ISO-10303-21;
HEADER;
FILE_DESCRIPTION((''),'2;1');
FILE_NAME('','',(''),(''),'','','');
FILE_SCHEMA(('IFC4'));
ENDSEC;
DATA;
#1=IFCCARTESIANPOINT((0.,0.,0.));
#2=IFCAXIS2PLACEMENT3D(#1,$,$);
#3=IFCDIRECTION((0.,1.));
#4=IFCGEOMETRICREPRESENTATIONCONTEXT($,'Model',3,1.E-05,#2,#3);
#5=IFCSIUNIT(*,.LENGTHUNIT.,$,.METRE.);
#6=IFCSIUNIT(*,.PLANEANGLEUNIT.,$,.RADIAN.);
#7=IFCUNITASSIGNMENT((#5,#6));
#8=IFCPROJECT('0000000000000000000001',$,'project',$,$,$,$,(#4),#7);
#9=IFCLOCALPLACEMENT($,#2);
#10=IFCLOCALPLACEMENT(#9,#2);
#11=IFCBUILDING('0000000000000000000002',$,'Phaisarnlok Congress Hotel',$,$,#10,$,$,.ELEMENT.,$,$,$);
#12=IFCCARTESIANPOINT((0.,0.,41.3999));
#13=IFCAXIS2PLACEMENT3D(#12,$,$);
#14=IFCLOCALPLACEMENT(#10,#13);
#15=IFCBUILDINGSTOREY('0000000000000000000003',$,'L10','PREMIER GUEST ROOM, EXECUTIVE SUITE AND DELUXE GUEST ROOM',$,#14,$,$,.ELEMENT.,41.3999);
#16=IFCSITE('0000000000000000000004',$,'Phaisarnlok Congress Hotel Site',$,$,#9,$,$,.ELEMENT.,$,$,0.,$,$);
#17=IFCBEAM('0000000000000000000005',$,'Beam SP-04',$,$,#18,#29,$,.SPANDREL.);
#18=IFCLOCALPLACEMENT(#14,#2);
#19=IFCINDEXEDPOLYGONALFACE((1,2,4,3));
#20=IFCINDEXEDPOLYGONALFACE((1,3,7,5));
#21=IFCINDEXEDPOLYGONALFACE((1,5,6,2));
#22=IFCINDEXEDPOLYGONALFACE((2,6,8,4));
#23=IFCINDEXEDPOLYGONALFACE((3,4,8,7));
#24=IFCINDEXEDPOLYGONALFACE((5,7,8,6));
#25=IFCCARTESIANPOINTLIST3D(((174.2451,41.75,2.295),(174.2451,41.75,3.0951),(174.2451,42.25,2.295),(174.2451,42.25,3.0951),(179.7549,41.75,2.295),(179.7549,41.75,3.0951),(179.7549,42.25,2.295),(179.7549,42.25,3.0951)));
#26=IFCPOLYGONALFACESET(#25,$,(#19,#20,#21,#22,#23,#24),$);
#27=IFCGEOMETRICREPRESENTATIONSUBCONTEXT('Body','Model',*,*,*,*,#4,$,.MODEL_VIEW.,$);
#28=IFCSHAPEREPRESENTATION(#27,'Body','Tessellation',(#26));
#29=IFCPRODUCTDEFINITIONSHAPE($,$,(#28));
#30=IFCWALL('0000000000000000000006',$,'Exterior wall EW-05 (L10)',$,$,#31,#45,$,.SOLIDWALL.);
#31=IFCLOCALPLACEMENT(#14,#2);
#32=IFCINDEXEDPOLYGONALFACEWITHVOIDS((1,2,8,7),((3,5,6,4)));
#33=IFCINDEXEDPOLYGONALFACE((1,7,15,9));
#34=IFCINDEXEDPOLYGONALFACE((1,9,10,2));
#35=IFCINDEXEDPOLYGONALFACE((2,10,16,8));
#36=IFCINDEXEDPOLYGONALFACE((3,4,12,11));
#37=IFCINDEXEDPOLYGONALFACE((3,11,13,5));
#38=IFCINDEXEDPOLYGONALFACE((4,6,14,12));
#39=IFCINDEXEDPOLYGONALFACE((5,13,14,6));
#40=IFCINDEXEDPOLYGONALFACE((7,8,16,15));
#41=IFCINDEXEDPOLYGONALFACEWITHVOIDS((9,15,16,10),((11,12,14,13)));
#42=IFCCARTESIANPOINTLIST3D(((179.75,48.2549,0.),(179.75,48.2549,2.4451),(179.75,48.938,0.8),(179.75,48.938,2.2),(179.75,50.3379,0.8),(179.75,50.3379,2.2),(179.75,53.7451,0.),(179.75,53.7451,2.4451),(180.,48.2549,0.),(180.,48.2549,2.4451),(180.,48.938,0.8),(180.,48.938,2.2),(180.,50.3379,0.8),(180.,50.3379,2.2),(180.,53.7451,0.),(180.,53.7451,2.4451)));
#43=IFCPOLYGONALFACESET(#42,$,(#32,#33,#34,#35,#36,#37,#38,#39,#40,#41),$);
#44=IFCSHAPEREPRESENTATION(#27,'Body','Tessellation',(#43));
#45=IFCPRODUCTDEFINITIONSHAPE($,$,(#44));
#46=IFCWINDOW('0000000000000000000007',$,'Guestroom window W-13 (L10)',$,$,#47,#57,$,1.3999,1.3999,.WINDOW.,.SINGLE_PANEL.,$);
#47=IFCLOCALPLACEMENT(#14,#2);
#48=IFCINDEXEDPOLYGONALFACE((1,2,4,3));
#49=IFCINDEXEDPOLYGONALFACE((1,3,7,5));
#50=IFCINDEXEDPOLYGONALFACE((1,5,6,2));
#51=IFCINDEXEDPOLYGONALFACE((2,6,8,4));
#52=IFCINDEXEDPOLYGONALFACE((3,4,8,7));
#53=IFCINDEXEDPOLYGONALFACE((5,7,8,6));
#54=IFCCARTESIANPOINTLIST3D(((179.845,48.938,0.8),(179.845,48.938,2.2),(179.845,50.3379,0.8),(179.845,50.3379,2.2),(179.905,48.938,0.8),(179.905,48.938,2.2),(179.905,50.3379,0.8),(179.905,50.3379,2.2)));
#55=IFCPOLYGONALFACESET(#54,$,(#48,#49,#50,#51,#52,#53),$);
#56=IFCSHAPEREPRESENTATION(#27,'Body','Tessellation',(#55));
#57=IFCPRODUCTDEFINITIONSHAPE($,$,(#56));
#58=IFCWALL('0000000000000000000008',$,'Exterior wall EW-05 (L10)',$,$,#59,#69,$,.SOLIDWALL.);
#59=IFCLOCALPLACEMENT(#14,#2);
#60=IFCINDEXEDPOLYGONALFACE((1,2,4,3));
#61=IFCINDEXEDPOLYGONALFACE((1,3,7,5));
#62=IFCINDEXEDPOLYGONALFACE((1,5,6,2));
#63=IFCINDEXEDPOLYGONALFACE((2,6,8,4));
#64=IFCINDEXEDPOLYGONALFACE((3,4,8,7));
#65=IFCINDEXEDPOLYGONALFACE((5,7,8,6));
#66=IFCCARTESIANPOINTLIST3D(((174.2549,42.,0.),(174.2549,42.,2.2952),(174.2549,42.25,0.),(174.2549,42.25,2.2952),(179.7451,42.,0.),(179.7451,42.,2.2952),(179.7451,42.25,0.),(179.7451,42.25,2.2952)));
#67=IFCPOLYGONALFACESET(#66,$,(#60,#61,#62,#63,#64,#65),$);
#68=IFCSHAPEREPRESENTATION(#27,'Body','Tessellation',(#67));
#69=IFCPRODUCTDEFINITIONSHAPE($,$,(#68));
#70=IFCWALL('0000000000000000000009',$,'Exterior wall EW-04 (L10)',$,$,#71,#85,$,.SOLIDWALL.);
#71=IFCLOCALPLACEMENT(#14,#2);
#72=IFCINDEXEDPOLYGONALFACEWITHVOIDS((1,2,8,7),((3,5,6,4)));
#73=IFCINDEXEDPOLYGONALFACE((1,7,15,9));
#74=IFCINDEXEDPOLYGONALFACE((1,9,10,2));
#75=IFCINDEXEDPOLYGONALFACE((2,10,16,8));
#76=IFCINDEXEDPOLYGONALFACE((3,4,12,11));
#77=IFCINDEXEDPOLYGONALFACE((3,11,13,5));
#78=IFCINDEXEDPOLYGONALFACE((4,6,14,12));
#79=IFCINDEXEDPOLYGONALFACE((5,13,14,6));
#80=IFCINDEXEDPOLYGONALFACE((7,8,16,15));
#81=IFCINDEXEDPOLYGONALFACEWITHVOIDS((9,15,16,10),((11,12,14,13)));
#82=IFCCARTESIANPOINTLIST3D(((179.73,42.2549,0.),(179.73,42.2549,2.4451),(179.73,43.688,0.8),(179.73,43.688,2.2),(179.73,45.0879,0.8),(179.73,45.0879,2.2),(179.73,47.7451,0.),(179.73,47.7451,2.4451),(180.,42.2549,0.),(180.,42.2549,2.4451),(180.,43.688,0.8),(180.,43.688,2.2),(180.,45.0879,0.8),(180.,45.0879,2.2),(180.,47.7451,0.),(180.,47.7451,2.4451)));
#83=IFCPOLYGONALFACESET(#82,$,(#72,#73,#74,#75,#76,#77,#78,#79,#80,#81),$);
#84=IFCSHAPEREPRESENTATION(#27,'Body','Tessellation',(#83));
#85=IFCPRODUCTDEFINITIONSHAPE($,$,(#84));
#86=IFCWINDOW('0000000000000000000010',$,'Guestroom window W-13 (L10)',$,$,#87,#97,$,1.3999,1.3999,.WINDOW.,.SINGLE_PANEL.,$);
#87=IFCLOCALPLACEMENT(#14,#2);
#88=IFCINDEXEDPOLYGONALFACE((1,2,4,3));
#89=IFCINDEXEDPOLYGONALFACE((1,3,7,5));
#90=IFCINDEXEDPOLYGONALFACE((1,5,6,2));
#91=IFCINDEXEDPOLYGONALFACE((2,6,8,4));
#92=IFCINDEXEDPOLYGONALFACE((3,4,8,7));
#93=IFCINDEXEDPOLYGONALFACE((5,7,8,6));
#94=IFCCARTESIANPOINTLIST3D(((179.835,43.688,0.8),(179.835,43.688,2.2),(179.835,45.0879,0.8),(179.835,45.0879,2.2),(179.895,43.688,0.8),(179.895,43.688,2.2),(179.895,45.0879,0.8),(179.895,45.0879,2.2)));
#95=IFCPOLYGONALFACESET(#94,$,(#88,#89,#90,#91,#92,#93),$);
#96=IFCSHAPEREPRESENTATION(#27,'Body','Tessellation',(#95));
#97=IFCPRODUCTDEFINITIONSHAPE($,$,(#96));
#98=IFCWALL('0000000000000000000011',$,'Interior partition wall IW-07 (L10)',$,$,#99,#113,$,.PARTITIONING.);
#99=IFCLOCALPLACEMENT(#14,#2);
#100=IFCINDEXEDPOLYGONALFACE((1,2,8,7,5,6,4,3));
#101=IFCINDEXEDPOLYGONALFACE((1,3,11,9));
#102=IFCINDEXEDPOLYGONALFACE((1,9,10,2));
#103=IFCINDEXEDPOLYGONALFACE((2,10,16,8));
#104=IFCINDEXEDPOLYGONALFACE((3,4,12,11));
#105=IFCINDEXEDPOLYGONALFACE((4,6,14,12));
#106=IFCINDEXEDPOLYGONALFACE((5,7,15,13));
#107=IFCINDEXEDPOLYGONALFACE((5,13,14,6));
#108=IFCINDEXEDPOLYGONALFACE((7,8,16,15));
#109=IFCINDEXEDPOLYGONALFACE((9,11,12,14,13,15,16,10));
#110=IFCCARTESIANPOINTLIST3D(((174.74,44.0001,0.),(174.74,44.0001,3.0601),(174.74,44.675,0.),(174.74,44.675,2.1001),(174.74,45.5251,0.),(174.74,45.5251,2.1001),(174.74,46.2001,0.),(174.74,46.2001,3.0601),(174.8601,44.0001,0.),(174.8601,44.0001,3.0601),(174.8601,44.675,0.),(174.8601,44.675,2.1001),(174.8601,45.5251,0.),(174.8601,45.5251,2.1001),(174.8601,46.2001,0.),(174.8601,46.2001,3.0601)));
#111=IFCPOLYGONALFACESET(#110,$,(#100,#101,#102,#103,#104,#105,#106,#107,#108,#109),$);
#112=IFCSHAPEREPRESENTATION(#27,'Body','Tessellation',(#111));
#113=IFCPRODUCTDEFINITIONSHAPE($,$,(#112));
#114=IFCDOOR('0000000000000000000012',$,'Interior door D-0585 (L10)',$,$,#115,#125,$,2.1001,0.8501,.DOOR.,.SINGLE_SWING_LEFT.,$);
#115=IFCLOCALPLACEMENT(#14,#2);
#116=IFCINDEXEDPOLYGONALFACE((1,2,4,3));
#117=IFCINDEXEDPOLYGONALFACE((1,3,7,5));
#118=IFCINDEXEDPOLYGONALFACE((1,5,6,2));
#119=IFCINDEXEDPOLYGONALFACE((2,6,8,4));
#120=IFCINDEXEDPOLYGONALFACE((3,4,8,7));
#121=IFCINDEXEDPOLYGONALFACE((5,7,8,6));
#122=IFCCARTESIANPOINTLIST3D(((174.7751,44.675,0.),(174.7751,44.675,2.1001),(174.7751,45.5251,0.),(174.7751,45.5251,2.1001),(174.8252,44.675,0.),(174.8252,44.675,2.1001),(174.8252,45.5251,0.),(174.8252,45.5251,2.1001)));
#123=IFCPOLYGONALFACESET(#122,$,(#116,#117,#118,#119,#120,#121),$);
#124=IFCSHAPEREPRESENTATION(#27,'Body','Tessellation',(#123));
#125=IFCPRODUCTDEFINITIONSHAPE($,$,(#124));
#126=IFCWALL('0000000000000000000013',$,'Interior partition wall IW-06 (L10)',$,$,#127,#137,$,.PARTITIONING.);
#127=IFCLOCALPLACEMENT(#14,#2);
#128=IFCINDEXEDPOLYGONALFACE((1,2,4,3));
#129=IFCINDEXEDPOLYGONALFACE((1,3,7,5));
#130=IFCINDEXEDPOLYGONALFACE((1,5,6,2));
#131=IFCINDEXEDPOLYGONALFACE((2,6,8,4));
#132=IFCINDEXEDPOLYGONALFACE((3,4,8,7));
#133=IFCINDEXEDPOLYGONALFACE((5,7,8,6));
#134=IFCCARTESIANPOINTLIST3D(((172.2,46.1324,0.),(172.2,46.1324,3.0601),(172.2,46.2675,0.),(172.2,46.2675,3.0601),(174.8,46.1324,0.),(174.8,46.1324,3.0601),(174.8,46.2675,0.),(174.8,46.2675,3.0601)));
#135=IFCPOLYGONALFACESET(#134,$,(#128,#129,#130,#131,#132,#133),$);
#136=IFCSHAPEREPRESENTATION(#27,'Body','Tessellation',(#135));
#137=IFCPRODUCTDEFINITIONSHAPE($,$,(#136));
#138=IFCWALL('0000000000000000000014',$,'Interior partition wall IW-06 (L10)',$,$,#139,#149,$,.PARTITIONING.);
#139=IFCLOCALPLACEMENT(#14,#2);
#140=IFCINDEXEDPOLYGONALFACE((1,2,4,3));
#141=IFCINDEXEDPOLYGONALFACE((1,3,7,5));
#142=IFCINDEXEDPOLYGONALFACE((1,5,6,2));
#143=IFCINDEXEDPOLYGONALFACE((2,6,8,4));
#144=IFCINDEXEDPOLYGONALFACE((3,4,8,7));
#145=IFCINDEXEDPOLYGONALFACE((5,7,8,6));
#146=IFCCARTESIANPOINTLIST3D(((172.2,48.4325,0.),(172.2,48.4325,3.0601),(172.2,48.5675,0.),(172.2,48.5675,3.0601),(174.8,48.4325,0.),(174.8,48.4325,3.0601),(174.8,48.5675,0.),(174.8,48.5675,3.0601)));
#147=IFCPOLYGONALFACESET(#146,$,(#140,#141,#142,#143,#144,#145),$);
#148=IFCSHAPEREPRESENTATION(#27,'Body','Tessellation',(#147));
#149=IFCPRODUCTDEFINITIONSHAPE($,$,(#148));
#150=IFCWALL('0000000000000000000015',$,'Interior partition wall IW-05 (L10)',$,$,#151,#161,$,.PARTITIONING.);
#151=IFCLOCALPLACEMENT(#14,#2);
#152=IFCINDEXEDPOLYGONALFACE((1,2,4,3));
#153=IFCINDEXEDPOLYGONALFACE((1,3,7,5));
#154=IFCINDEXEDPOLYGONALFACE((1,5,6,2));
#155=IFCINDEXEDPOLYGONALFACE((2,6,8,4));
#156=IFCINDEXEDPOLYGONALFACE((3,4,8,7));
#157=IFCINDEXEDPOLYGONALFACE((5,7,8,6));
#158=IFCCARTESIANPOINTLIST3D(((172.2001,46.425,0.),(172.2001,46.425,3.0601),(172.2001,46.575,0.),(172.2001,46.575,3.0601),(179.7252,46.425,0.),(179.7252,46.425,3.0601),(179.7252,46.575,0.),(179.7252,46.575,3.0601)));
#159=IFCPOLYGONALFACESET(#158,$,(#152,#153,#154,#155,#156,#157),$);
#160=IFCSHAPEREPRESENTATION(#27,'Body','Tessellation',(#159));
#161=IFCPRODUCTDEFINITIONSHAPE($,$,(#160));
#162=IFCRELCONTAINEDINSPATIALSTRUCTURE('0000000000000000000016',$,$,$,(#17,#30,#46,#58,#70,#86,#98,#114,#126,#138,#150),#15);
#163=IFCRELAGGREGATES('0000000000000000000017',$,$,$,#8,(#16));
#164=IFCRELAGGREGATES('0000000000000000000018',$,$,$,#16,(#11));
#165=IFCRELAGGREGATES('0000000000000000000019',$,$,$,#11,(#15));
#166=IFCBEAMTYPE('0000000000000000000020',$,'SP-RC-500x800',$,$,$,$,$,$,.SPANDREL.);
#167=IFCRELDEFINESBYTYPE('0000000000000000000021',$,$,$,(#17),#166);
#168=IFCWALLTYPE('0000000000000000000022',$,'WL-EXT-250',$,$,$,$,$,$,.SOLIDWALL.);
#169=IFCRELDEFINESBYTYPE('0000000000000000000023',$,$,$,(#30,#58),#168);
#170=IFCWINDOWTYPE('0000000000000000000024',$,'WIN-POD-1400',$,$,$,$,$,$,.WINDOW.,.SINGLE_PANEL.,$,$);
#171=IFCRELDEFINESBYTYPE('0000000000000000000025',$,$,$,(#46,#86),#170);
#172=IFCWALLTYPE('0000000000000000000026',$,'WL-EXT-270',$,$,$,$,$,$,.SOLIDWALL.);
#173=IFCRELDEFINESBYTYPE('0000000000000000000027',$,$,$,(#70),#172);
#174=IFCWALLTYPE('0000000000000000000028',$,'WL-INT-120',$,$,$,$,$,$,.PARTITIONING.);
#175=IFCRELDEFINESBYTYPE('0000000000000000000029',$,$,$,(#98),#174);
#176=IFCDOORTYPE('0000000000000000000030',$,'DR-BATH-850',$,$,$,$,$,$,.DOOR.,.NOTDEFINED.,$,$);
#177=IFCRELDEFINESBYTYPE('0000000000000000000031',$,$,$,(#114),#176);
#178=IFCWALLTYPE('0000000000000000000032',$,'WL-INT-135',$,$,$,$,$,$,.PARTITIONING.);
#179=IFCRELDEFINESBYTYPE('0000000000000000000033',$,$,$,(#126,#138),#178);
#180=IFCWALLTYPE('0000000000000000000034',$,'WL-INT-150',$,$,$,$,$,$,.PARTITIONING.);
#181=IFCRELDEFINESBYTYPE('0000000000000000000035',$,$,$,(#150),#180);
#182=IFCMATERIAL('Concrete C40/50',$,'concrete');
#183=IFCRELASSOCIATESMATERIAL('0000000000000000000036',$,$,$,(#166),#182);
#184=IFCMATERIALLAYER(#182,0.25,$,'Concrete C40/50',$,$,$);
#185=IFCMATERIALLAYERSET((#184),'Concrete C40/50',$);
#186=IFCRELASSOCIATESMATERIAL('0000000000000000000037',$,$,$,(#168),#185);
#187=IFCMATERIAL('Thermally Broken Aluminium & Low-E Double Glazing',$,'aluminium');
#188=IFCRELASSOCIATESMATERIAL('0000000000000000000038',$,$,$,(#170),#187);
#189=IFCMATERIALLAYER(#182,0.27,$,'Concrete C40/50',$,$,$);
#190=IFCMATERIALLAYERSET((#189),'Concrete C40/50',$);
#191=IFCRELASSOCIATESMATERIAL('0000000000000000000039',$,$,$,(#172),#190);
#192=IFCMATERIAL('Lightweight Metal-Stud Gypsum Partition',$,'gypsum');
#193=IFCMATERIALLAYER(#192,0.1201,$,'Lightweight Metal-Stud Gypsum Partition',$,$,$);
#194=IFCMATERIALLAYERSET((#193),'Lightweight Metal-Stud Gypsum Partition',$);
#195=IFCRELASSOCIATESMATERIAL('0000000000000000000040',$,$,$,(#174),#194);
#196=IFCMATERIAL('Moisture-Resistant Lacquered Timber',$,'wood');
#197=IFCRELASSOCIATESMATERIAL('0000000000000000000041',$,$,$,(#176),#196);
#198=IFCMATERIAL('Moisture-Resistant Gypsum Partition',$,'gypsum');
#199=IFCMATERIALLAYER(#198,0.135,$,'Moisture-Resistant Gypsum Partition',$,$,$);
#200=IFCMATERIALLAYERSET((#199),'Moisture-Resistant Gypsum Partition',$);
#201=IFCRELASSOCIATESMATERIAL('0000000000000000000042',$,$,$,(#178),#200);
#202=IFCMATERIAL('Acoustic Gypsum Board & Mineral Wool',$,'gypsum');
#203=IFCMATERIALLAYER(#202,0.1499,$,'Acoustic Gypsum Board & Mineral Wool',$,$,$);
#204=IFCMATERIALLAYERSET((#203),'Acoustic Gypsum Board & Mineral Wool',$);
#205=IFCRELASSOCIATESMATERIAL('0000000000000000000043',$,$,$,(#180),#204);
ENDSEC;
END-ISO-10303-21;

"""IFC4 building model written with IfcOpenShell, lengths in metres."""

from ifc_helpers import new_model, si_unit, direction, frame, frame_2d, origin, origin_2d, place, context, subcontext, project, spatial, rectangle, extrude, material, layer, layer_set, material_profile, profile_set, type_object, element, fill, save


model = new_model("IFC4")

# Units and contexts
model_context = context("Model", 3, precision=1e-05, world=origin(), true_north=direction((0.0, 1.0)))
body_context = subcontext(model_context, "Body", "Model", "MODEL_VIEW")
ifc_project = project(units=[si_unit("LENGTHUNIT", "METRE"), si_unit("PLANEANGLEUNIT", "RADIAN")], contexts=[model_context])

# Site, building, storey
site_placement = place(None, origin())
site = spatial("IfcSite", under=ifc_project, at=site_placement, Name="Phaisarnlok Congress Hotel Site", CompositionType="ELEMENT", RefElevation=0.0)
building_placement = place(site_placement, origin())
building = spatial("IfcBuilding", under=site, at=building_placement, Name="Phaisarnlok Congress Hotel", CompositionType="ELEMENT")
storey_placement = place(building_placement, frame((0.0, 0.0, 41.3999)))
storey = spatial("IfcBuildingStorey", under=building, at=storey_placement, Name="L10", Description="PREMIER GUEST ROOM, EXECUTIVE SUITE AND DELUXE GUEST ROOM", CompositionType="ELEMENT", Elevation=41.3999)

# Beam
ifc_material_1 = material(Name="Concrete C40/50", Category="concrete")
ifc_material_profile_1 = material_profile(ifc_material_1, rectangle(XDim=0.5, YDim=0.8, at=origin_2d()), Name="RC 500x800")
ifc_profile_set_1 = profile_set([ifc_material_profile_1], Name="Concrete C40/50")
beam_type_1 = type_object("IfcBeamType", Name="SP-RC-500x800", PredefinedType="SPANDREL", material=ifc_profile_set_1)
beam_1_placement = place(storey_placement, frame((174.2451, 42.0, 2.6951), z_axis=(1.0, 0.0, 0.0), x_axis=(0.0, 1.0, 0.0)))
element("IfcBeam", 1, at=beam_1_placement, inside=storey, type_object=beam_type_1, Name="Beam SP-04", PredefinedType="SPANDREL", context=body_context, shape_type="SweptSolid", body=[
    extrude(rectangle(XDim=0.5, YDim=0.8, at=origin_2d()), origin(), (0.0, 0.0, 1.0), 5.5098),
])

# Wall, opening, window
ifc_layer_1 = layer(ifc_material_1, 0.25, Name="Concrete C40/50")
ifc_layer_set_1 = layer_set([ifc_layer_1], Name="Concrete C40/50")
wall_type_1 = type_object("IfcWallType", Name="WL-EXT-250", PredefinedType="SOLIDWALL", material=ifc_layer_set_1)
wall_1_placement = place(storey_placement, frame((179.875, 48.2549, 0.0), z_axis=(0.0, 0.0, 1.0), x_axis=(0.0, 1.0, 0.0)))
wall_1 = element("IfcWall", 2, at=wall_1_placement, inside=storey, type_object=wall_type_1, Name="Exterior wall EW-05 (L10)", PredefinedType="SOLIDWALL", context=body_context, shape_type="SweptSolid", body=[
    extrude(rectangle(XDim=5.4902, YDim=0.25, at=frame_2d((2.7451, 0.0))), origin(), (0.0, 0.0, 1.0), 2.4451),
])
opening_1_placement = place(wall_1_placement, frame((0.6831, 0.0, 0.8)))
opening_1 = element("IfcOpeningElement", 3, at=opening_1_placement, cuts=wall_1, PredefinedType="OPENING", context=body_context, shape_type="SweptSolid", body=[
    extrude(rectangle(XDim=1.3999, YDim=1.3999, at=frame_2d((0.7, 0.7))), frame((0.0, 0.135, 0.0), z_axis=(0.0, -1.0, 0.0), x_axis=(1.0, 0.0, 0.0)), (0.0, 0.0, 1.0), 0.27),
])
ifc_material_2 = material(Name="Thermally Broken Aluminium & Low-E Double Glazing", Category="aluminium")
window_type = type_object("IfcWindowType", Name="WIN-POD-1400", PartitioningType="SINGLE_PANEL", PredefinedType="WINDOW", material=ifc_material_2)
window_1_placement = place(opening_1_placement, origin())
window_1 = element("IfcWindow", 4, at=window_1_placement, inside=storey, type_object=window_type, Name="Guestroom window W-13 (L10)", OverallHeight=1.3999, OverallWidth=1.3999, PartitioningType="SINGLE_PANEL", PredefinedType="WINDOW", context=body_context, shape_type="SweptSolid", body=[
    extrude(rectangle(XDim=1.3999, YDim=1.3999, at=frame_2d((0.7, 0.7))), frame((0.0, 0.03, 0.0), z_axis=(0.0, -1.0, 0.0), x_axis=(1.0, 0.0, 0.0)), (0.0, 0.0, 1.0), 0.0601),
])
fill(opening_1, window_1)

# Wall
wall_2_placement = place(storey_placement, frame((174.2549, 42.125, 0.0), z_axis=(0.0, 0.0, 1.0), x_axis=(1.0, 0.0, 0.0)))
element("IfcWall", 5, at=wall_2_placement, inside=storey, type_object=wall_type_1, Name="Exterior wall EW-05 (L10)", PredefinedType="SOLIDWALL", context=body_context, shape_type="SweptSolid", body=[
    extrude(rectangle(XDim=5.4902, YDim=0.25, at=frame_2d((2.7451, 0.0))), origin(), (0.0, 0.0, 1.0), 2.2952),
])

# Wall, opening, window
ifc_layer_2 = layer(ifc_material_1, 0.27, Name="Concrete C40/50")
ifc_layer_set_2 = layer_set([ifc_layer_2], Name="Concrete C40/50")
wall_type_2 = type_object("IfcWallType", Name="WL-EXT-270", PredefinedType="SOLIDWALL", material=ifc_layer_set_2)
wall_3_placement = place(storey_placement, frame((179.865, 42.2549, 0.0), z_axis=(0.0, 0.0, 1.0), x_axis=(0.0, 1.0, 0.0)))
wall_3 = element("IfcWall", 6, at=wall_3_placement, inside=storey, type_object=wall_type_2, Name="Exterior wall EW-04 (L10)", PredefinedType="SOLIDWALL", context=body_context, shape_type="SweptSolid", body=[
    extrude(rectangle(XDim=5.4902, YDim=0.27, at=frame_2d((2.7451, 0.0))), origin(), (0.0, 0.0, 1.0), 2.4451),
])
opening_2_placement = place(wall_3_placement, frame((1.4331, 0.0, 0.8)))
opening_2 = element("IfcOpeningElement", 7, at=opening_2_placement, cuts=wall_3, PredefinedType="OPENING", context=body_context, shape_type="SweptSolid", body=[
    extrude(rectangle(XDim=1.3999, YDim=1.3999, at=frame_2d((0.7, 0.7))), frame((0.0, 0.145, 0.0), z_axis=(0.0, -1.0, 0.0), x_axis=(1.0, 0.0, 0.0)), (0.0, 0.0, 1.0), 0.29),
])
window_2_placement = place(opening_2_placement, origin())
window_2 = element("IfcWindow", 8, at=window_2_placement, inside=storey, type_object=window_type, Name="Guestroom window W-13 (L10)", OverallHeight=1.3999, OverallWidth=1.3999, PartitioningType="SINGLE_PANEL", PredefinedType="WINDOW", context=body_context, shape_type="SweptSolid", body=[
    extrude(rectangle(XDim=1.3999, YDim=1.3999, at=frame_2d((0.7, 0.7))), frame((0.0, 0.03, 0.0), z_axis=(0.0, -1.0, 0.0), x_axis=(1.0, 0.0, 0.0)), (0.0, 0.0, 1.0), 0.0601),
])
fill(opening_2, window_2)

# Wall, opening, door
ifc_material_3 = material(Name="Lightweight Metal-Stud Gypsum Partition", Category="gypsum")
ifc_layer_3 = layer(ifc_material_3, 0.1201, Name="Lightweight Metal-Stud Gypsum Partition")
ifc_layer_set_3 = layer_set([ifc_layer_3], Name="Lightweight Metal-Stud Gypsum Partition")
wall_type_3 = type_object("IfcWallType", Name="WL-INT-120", PredefinedType="PARTITIONING", material=ifc_layer_set_3)
wall_4_placement = place(storey_placement, frame((174.8, 44.0, 0.0), z_axis=(0.0, 0.0, 1.0), x_axis=(0.0, 1.0, 0.0)))
wall_4 = element("IfcWall", 9, at=wall_4_placement, inside=storey, type_object=wall_type_3, Name="Interior partition wall IW-07 (L10)", PredefinedType="PARTITIONING", context=body_context, shape_type="SweptSolid", body=[
    extrude(rectangle(XDim=2.2, YDim=0.1201, at=frame_2d((1.1001, 0.0))), origin(), (0.0, 0.0, 1.0), 3.0601),
])
opening_3_placement = place(wall_4_placement, frame((0.675, 0.0, 0.0)))
opening_3 = element("IfcOpeningElement", 10, at=opening_3_placement, cuts=wall_4, PredefinedType="OPENING", context=body_context, shape_type="SweptSolid", body=[
    extrude(rectangle(XDim=0.8501, YDim=2.1001, at=frame_2d((0.425, 1.05))), frame((0.0, 0.0701, 0.0), z_axis=(0.0, -1.0, 0.0), x_axis=(1.0, 0.0, 0.0)), (0.0, 0.0, 1.0), 0.1401),
])
ifc_material_4 = material(Name="Moisture-Resistant Lacquered Timber", Category="wood")
door_type = type_object("IfcDoorType", Name="DR-BATH-850", OperationType="NOTDEFINED", PredefinedType="DOOR", material=ifc_material_4)
door_placement = place(opening_3_placement, origin())
door = element("IfcDoor", 11, at=door_placement, inside=storey, type_object=door_type, Name="Interior door D-0585 (L10)", OperationType="SINGLE_SWING_LEFT", OverallHeight=2.1001, OverallWidth=0.8501, PredefinedType="DOOR", context=body_context, shape_type="SweptSolid", body=[
    extrude(rectangle(XDim=0.8501, YDim=2.1001, at=frame_2d((0.425, 1.05))), frame((0.0, 0.0249, 0.0), z_axis=(0.0, -1.0, 0.0), x_axis=(1.0, 0.0, 0.0)), (0.0, 0.0, 1.0), 0.05),
])
fill(opening_3, door)

# Walls
ifc_material_5 = material(Name="Moisture-Resistant Gypsum Partition", Category="gypsum")
ifc_layer_4 = layer(ifc_material_5, 0.135, Name="Moisture-Resistant Gypsum Partition")
ifc_layer_set_4 = layer_set([ifc_layer_4], Name="Moisture-Resistant Gypsum Partition")
wall_type_4 = type_object("IfcWallType", Name="WL-INT-135", PredefinedType="PARTITIONING", material=ifc_layer_set_4)
for number, where, z_axis, x_axis, name in (
    (12, (172.2, 46.2, 0.0), (0.0, 0.0, 1.0), (1.0, 0.0, 0.0), "Interior partition wall IW-06 (L10)"),
    (13, (172.2, 48.5, 0.0), (0.0, 0.0, 1.0), (1.0, 0.0, 0.0), "Interior partition wall IW-06 (L10)"),
):
    element("IfcWall", number, at=place(storey_placement, frame(where, z_axis=z_axis, x_axis=x_axis)), inside=storey, type_object=wall_type_4, Name=name, PredefinedType="PARTITIONING", context=body_context, shape_type="SweptSolid", body=[
        extrude(rectangle(XDim=2.6001, YDim=0.135, at=frame_2d((1.3, 0.0))), origin(), (0.0, 0.0, 1.0), 3.0601),
    ])
ifc_material_6 = material(Name="Acoustic Gypsum Board & Mineral Wool", Category="gypsum")
ifc_layer_5 = layer(ifc_material_6, 0.1499, Name="Acoustic Gypsum Board & Mineral Wool")
ifc_layer_set_5 = layer_set([ifc_layer_5], Name="Acoustic Gypsum Board & Mineral Wool")
wall_type_5 = type_object("IfcWallType", Name="WL-INT-150", PredefinedType="PARTITIONING", material=ifc_layer_set_5)
wall_5_placement = place(storey_placement, frame((172.2, 46.5, 0.0), z_axis=(0.0, 0.0, 1.0), x_axis=(1.0, 0.0, 0.0)))
element("IfcWall", 14, at=wall_5_placement, inside=storey, type_object=wall_type_5, Name="Interior partition wall IW-05 (L10)", PredefinedType="PARTITIONING", context=body_context, shape_type="SweptSolid", body=[
    extrude(rectangle(XDim=7.5251, YDim=0.1499, at=frame_2d((3.7627, 0.0))), origin(), (0.0, 0.0, 1.0), 3.0601),
])

save(model, "model.ifc")
